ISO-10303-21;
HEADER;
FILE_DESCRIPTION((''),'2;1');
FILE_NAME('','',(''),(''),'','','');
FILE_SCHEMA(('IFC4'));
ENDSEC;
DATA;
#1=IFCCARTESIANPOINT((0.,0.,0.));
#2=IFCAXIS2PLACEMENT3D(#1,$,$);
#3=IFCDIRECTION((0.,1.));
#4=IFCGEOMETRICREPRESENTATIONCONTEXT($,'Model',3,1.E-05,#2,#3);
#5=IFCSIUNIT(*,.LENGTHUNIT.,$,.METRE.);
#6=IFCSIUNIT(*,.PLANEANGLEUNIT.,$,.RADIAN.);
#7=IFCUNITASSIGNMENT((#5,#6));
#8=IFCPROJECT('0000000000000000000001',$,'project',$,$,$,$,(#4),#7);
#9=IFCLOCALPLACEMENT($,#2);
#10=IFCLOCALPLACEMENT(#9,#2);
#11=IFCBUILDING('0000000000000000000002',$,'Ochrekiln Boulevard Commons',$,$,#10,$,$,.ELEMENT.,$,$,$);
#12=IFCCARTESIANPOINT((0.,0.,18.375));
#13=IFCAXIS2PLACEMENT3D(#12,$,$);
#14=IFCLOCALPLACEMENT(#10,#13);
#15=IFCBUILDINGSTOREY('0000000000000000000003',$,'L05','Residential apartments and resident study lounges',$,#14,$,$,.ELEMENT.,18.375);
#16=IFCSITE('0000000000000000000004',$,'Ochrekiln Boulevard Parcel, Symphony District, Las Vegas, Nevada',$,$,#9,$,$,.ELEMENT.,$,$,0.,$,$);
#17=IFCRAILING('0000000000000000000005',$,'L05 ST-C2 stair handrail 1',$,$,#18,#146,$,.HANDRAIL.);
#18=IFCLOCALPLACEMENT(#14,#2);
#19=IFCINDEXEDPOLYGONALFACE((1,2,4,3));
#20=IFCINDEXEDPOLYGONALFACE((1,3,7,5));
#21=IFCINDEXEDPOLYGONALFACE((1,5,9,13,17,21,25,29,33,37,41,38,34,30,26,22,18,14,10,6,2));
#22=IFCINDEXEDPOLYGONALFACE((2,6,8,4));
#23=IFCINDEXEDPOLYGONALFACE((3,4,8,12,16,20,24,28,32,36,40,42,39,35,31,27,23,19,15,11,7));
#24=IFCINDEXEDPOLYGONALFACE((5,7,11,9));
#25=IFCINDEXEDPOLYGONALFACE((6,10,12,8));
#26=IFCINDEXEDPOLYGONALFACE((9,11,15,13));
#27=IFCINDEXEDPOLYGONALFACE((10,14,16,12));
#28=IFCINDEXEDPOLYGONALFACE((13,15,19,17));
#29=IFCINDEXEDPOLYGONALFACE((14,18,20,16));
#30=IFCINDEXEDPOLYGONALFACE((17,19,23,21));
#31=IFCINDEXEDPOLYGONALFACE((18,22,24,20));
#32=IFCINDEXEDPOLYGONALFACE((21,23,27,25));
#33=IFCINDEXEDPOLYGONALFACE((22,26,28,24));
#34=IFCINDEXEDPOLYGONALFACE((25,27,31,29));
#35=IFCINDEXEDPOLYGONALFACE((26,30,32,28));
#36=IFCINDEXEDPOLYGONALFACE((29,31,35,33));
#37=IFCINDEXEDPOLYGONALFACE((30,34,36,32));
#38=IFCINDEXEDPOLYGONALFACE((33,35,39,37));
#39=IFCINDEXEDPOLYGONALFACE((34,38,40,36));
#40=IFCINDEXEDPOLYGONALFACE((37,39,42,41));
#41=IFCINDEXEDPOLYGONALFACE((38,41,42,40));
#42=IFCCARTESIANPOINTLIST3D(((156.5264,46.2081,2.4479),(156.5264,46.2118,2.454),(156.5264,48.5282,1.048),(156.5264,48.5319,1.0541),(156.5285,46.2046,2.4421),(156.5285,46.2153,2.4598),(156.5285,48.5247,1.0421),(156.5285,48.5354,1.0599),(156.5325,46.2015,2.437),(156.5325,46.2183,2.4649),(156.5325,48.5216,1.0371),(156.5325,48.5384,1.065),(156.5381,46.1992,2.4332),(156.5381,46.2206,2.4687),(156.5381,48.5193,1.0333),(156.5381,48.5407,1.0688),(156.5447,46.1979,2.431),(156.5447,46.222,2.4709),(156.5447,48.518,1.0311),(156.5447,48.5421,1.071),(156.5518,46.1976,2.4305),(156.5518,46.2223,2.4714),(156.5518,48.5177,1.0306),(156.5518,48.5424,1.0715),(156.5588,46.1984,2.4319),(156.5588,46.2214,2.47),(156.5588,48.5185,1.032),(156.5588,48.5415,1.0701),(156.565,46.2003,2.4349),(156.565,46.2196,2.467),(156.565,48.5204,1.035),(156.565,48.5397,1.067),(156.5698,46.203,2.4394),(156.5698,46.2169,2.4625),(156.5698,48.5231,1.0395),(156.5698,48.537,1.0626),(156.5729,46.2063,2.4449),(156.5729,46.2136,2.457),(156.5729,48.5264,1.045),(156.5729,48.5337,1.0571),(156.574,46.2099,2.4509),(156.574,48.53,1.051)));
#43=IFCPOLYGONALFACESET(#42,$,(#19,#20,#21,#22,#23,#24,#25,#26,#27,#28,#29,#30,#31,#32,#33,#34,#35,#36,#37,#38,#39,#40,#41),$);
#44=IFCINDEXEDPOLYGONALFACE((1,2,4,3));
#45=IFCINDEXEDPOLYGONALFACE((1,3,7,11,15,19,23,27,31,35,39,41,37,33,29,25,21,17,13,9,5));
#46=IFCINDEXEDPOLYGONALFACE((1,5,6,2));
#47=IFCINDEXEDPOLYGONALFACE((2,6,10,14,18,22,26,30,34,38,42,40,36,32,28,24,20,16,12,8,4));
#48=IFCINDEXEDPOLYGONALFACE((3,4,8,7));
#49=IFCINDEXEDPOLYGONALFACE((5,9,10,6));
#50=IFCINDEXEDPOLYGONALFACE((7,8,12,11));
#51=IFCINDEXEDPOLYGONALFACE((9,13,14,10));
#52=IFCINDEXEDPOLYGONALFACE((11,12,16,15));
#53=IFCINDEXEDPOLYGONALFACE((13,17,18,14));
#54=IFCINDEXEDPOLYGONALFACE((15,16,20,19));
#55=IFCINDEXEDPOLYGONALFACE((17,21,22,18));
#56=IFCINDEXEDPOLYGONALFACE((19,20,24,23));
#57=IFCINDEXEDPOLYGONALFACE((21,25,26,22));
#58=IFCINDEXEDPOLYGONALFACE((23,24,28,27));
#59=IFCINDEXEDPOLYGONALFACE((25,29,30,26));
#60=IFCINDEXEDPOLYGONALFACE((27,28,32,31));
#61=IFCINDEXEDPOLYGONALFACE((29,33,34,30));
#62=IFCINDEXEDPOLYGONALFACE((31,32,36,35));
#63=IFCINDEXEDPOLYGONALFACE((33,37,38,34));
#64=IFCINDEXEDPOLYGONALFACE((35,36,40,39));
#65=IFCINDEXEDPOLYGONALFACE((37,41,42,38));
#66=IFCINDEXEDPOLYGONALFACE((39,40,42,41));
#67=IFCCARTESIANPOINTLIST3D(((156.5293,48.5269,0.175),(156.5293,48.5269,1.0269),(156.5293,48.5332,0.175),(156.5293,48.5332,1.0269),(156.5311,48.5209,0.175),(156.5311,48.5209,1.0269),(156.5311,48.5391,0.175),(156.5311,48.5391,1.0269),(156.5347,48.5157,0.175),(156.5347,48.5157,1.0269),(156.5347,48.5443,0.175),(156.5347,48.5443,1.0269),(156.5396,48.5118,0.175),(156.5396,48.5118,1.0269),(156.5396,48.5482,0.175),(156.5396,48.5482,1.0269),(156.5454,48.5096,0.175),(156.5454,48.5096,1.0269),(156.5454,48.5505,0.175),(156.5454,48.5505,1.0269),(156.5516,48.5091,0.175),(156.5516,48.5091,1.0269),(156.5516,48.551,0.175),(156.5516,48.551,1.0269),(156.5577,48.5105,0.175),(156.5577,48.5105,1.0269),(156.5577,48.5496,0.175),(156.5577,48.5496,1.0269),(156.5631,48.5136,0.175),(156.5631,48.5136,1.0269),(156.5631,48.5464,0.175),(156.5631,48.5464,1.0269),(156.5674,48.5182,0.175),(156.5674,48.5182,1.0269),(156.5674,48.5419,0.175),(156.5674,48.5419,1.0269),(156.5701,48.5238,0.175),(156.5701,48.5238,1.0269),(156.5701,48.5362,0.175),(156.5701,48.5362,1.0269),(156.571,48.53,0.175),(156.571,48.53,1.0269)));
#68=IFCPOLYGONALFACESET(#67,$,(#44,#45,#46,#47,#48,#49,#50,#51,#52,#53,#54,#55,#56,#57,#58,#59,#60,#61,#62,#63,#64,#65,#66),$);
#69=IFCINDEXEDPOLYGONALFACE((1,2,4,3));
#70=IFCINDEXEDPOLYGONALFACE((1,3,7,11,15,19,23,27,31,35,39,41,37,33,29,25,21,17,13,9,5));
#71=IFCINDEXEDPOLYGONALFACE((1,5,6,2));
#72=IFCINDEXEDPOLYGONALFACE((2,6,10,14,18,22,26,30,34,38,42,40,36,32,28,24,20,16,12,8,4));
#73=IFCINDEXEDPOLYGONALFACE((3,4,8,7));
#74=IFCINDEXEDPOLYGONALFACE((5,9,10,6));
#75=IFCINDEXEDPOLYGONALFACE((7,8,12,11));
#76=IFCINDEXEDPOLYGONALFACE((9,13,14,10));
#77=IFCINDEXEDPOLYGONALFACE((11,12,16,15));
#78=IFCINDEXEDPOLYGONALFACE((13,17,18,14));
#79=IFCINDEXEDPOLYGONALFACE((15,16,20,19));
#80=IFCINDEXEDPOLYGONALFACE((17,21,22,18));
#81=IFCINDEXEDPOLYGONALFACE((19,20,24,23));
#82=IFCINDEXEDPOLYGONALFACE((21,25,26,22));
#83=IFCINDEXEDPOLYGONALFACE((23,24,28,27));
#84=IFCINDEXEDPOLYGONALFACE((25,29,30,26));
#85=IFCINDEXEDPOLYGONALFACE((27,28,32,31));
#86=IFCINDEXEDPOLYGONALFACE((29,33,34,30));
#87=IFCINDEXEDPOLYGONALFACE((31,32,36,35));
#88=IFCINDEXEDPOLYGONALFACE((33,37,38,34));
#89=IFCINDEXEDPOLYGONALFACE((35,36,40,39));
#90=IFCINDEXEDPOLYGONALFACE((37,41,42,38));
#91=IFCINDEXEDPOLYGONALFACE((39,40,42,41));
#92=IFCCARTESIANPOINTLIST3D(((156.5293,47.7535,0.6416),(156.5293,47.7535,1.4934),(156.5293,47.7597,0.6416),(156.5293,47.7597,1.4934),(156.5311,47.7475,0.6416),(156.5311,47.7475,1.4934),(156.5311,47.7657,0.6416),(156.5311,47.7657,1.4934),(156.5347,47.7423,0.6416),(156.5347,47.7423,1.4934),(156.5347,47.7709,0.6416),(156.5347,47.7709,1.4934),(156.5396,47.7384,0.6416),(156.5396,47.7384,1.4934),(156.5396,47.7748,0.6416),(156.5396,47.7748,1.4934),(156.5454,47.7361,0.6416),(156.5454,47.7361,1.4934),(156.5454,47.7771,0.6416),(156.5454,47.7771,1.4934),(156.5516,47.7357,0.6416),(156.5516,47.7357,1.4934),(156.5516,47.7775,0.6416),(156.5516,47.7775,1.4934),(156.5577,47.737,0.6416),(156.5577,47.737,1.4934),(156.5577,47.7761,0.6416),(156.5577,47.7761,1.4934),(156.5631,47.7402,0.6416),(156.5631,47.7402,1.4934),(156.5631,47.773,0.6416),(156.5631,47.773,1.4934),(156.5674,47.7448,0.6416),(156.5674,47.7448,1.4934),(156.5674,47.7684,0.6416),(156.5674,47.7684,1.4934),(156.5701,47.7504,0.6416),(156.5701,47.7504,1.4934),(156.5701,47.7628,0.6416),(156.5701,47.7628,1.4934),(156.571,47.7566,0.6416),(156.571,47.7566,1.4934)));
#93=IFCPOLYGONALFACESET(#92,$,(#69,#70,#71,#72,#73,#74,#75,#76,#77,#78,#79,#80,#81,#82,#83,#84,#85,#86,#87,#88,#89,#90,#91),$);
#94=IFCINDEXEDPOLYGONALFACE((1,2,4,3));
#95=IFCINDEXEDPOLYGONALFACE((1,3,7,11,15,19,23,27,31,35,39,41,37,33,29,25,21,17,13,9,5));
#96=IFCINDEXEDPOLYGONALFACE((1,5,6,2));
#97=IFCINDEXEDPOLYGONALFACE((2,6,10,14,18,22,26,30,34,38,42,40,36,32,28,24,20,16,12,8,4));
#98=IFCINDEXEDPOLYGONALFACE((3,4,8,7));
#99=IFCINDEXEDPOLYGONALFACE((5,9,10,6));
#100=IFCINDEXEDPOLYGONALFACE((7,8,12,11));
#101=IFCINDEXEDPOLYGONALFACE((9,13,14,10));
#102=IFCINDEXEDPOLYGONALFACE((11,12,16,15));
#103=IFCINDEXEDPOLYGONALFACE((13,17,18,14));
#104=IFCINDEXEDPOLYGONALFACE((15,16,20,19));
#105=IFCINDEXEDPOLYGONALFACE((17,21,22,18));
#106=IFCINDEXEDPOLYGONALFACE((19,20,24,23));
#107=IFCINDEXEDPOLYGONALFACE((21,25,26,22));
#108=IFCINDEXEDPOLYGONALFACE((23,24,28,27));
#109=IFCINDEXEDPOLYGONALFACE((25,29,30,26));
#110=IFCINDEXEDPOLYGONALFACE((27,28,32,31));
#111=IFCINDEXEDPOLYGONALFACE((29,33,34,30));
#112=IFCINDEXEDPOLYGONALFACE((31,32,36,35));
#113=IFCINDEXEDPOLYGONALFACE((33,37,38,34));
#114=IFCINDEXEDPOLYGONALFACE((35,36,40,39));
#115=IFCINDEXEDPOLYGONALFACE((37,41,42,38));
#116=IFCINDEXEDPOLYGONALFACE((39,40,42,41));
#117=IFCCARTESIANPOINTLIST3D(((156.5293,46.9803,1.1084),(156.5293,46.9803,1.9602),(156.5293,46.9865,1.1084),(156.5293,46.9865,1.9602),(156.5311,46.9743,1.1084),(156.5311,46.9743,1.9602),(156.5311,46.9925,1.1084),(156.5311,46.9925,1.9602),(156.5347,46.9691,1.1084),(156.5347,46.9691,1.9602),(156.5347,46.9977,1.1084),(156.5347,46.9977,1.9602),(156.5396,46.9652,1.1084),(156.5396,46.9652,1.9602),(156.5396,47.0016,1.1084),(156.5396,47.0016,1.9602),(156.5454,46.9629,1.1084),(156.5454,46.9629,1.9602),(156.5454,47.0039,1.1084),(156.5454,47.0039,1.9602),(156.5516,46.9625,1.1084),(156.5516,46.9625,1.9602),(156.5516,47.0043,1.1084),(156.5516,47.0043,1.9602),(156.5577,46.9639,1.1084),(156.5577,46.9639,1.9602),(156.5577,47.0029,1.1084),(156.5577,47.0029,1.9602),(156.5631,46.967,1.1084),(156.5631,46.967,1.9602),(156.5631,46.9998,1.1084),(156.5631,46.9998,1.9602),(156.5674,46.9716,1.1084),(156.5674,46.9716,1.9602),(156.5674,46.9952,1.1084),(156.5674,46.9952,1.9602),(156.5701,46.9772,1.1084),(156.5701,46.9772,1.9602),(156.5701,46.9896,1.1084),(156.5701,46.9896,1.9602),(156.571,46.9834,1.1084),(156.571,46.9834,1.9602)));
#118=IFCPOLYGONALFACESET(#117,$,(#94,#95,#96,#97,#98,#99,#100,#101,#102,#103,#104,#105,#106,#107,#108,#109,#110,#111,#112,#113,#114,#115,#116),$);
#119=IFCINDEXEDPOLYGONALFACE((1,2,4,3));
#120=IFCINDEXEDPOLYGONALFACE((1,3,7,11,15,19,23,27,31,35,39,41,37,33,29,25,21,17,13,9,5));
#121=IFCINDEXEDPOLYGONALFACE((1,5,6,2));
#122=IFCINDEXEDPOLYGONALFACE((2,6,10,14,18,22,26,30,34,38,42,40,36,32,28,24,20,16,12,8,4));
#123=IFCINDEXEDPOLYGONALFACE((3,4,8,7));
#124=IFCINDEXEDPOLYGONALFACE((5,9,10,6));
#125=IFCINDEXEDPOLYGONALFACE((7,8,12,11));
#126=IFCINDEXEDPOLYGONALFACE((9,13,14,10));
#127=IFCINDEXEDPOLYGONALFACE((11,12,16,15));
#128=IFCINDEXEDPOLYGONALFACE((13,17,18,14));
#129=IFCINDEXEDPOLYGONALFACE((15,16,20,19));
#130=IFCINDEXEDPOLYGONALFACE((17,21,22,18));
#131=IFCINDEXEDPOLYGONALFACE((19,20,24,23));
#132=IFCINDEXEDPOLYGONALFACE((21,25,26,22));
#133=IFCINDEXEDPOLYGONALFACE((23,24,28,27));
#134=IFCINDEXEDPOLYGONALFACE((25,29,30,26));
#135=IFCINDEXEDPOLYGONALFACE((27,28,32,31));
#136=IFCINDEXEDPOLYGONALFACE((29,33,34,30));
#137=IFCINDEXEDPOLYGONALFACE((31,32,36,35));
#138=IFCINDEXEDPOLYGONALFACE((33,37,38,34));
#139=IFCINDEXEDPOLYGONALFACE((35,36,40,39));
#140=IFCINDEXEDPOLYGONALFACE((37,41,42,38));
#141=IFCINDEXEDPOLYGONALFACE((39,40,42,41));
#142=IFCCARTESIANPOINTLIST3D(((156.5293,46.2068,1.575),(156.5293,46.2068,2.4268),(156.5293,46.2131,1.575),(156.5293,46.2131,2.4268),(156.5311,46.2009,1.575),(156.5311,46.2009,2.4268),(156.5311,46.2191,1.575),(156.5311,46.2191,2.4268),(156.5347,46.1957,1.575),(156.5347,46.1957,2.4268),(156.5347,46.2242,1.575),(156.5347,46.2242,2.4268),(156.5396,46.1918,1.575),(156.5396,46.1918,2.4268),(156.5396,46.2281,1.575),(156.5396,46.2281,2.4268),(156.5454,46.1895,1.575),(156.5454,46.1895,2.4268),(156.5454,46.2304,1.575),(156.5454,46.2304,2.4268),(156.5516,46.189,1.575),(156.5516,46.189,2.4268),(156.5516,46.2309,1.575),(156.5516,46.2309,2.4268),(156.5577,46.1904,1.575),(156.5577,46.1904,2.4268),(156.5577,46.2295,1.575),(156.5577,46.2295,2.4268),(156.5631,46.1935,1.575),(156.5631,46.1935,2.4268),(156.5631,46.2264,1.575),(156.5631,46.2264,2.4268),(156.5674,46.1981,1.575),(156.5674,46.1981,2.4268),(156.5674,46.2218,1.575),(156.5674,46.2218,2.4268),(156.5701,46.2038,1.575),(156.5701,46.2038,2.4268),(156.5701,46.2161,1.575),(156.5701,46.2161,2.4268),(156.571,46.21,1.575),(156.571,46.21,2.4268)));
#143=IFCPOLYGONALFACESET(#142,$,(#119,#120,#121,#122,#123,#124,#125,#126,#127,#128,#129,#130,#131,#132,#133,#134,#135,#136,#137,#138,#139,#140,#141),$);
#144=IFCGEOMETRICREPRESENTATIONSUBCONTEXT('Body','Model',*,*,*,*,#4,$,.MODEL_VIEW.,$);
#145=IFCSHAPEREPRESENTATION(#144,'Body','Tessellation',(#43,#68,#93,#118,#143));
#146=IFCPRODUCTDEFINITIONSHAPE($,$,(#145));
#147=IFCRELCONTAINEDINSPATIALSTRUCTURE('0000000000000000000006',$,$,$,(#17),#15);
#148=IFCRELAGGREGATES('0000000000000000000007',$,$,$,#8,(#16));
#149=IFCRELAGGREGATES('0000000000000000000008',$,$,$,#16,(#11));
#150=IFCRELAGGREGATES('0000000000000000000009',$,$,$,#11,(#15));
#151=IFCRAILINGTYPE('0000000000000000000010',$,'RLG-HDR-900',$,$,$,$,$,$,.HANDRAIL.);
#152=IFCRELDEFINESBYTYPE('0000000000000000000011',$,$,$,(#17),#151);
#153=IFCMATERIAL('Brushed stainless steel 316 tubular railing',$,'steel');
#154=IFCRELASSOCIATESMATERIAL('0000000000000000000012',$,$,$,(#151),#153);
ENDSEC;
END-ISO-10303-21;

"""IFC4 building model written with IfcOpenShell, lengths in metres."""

from ifc_helpers import new_model, si_unit, direction, frame, origin, origin_2d, place, context, subcontext, project, spatial, circle, extrude, material, type_object, element, save


model = new_model("IFC4")

# Units and contexts
model_context = context("Model", 3, precision=1e-05, world=origin(), true_north=direction((0.0, 1.0)))
body_context = subcontext(model_context, "Body", "Model", "MODEL_VIEW")
ifc_project = project(units=[si_unit("LENGTHUNIT", "METRE"), si_unit("PLANEANGLEUNIT", "RADIAN")], contexts=[model_context])

# Site, building, storey
site_placement = place(None, origin())
site = spatial("IfcSite", under=ifc_project, at=site_placement, Name="Ochrekiln Boulevard Parcel, Symphony District, Las Vegas, Nevada", CompositionType="ELEMENT", RefElevation=0.0)
building_placement = place(site_placement, origin())
building = spatial("IfcBuilding", under=site, at=building_placement, Name="Ochrekiln Boulevard Commons", CompositionType="ELEMENT")
storey_placement = place(building_placement, frame((0.0, 0.0, 18.375)))
storey = spatial("IfcBuildingStorey", under=building, at=storey_placement, Name="L05", Description="Residential apartments and resident study lounges", CompositionType="ELEMENT", Elevation=18.375)

# Railing
ifc_material_1 = material(Name="Brushed stainless steel 316 tubular railing", Category="steel")
railing_type_1 = type_object("IfcRailingType", Name="RLG-HDR-900", PredefinedType="HANDRAIL", material=ifc_material_1)
railing_1_placement = place(storey_placement, frame((156.55, 48.53, 0.175)))
element("IfcRailing", 1, at=railing_1_placement, inside=storey, type_object=railing_type_1, Name="L05 ST-C2 stair handrail 1", PredefinedType="HANDRAIL", context=body_context, shape_type="SweptSolid", body=[
    extrude(circle(Radius=0.0239, at=origin_2d()), frame((0.0, 0.0, 0.876), z_axis=(0.0, -0.85621, 0.516627), x_axis=(1.0, 0.0, 0.0)), (0.0, 0.0, 1.0), 2.7097),
    extrude(circle(Radius=0.021, at=origin_2d()), origin(), (0.0, 0.0, 1.0), 0.8518),
    extrude(circle(Radius=0.021, at=origin_2d()), frame((0.0, -0.7734, 0.4666)), (0.0, 0.0, 1.0), 0.8518),
    extrude(circle(Radius=0.021, at=origin_2d()), frame((0.0, -1.5466, 0.9333)), (0.0, 0.0, 1.0), 0.8518),
    extrude(circle(Radius=0.021, at=origin_2d()), frame((0.0, -2.3201, 1.3999)), (0.0, 0.0, 1.0), 0.8518),
])

save(model, "model.ifc")
